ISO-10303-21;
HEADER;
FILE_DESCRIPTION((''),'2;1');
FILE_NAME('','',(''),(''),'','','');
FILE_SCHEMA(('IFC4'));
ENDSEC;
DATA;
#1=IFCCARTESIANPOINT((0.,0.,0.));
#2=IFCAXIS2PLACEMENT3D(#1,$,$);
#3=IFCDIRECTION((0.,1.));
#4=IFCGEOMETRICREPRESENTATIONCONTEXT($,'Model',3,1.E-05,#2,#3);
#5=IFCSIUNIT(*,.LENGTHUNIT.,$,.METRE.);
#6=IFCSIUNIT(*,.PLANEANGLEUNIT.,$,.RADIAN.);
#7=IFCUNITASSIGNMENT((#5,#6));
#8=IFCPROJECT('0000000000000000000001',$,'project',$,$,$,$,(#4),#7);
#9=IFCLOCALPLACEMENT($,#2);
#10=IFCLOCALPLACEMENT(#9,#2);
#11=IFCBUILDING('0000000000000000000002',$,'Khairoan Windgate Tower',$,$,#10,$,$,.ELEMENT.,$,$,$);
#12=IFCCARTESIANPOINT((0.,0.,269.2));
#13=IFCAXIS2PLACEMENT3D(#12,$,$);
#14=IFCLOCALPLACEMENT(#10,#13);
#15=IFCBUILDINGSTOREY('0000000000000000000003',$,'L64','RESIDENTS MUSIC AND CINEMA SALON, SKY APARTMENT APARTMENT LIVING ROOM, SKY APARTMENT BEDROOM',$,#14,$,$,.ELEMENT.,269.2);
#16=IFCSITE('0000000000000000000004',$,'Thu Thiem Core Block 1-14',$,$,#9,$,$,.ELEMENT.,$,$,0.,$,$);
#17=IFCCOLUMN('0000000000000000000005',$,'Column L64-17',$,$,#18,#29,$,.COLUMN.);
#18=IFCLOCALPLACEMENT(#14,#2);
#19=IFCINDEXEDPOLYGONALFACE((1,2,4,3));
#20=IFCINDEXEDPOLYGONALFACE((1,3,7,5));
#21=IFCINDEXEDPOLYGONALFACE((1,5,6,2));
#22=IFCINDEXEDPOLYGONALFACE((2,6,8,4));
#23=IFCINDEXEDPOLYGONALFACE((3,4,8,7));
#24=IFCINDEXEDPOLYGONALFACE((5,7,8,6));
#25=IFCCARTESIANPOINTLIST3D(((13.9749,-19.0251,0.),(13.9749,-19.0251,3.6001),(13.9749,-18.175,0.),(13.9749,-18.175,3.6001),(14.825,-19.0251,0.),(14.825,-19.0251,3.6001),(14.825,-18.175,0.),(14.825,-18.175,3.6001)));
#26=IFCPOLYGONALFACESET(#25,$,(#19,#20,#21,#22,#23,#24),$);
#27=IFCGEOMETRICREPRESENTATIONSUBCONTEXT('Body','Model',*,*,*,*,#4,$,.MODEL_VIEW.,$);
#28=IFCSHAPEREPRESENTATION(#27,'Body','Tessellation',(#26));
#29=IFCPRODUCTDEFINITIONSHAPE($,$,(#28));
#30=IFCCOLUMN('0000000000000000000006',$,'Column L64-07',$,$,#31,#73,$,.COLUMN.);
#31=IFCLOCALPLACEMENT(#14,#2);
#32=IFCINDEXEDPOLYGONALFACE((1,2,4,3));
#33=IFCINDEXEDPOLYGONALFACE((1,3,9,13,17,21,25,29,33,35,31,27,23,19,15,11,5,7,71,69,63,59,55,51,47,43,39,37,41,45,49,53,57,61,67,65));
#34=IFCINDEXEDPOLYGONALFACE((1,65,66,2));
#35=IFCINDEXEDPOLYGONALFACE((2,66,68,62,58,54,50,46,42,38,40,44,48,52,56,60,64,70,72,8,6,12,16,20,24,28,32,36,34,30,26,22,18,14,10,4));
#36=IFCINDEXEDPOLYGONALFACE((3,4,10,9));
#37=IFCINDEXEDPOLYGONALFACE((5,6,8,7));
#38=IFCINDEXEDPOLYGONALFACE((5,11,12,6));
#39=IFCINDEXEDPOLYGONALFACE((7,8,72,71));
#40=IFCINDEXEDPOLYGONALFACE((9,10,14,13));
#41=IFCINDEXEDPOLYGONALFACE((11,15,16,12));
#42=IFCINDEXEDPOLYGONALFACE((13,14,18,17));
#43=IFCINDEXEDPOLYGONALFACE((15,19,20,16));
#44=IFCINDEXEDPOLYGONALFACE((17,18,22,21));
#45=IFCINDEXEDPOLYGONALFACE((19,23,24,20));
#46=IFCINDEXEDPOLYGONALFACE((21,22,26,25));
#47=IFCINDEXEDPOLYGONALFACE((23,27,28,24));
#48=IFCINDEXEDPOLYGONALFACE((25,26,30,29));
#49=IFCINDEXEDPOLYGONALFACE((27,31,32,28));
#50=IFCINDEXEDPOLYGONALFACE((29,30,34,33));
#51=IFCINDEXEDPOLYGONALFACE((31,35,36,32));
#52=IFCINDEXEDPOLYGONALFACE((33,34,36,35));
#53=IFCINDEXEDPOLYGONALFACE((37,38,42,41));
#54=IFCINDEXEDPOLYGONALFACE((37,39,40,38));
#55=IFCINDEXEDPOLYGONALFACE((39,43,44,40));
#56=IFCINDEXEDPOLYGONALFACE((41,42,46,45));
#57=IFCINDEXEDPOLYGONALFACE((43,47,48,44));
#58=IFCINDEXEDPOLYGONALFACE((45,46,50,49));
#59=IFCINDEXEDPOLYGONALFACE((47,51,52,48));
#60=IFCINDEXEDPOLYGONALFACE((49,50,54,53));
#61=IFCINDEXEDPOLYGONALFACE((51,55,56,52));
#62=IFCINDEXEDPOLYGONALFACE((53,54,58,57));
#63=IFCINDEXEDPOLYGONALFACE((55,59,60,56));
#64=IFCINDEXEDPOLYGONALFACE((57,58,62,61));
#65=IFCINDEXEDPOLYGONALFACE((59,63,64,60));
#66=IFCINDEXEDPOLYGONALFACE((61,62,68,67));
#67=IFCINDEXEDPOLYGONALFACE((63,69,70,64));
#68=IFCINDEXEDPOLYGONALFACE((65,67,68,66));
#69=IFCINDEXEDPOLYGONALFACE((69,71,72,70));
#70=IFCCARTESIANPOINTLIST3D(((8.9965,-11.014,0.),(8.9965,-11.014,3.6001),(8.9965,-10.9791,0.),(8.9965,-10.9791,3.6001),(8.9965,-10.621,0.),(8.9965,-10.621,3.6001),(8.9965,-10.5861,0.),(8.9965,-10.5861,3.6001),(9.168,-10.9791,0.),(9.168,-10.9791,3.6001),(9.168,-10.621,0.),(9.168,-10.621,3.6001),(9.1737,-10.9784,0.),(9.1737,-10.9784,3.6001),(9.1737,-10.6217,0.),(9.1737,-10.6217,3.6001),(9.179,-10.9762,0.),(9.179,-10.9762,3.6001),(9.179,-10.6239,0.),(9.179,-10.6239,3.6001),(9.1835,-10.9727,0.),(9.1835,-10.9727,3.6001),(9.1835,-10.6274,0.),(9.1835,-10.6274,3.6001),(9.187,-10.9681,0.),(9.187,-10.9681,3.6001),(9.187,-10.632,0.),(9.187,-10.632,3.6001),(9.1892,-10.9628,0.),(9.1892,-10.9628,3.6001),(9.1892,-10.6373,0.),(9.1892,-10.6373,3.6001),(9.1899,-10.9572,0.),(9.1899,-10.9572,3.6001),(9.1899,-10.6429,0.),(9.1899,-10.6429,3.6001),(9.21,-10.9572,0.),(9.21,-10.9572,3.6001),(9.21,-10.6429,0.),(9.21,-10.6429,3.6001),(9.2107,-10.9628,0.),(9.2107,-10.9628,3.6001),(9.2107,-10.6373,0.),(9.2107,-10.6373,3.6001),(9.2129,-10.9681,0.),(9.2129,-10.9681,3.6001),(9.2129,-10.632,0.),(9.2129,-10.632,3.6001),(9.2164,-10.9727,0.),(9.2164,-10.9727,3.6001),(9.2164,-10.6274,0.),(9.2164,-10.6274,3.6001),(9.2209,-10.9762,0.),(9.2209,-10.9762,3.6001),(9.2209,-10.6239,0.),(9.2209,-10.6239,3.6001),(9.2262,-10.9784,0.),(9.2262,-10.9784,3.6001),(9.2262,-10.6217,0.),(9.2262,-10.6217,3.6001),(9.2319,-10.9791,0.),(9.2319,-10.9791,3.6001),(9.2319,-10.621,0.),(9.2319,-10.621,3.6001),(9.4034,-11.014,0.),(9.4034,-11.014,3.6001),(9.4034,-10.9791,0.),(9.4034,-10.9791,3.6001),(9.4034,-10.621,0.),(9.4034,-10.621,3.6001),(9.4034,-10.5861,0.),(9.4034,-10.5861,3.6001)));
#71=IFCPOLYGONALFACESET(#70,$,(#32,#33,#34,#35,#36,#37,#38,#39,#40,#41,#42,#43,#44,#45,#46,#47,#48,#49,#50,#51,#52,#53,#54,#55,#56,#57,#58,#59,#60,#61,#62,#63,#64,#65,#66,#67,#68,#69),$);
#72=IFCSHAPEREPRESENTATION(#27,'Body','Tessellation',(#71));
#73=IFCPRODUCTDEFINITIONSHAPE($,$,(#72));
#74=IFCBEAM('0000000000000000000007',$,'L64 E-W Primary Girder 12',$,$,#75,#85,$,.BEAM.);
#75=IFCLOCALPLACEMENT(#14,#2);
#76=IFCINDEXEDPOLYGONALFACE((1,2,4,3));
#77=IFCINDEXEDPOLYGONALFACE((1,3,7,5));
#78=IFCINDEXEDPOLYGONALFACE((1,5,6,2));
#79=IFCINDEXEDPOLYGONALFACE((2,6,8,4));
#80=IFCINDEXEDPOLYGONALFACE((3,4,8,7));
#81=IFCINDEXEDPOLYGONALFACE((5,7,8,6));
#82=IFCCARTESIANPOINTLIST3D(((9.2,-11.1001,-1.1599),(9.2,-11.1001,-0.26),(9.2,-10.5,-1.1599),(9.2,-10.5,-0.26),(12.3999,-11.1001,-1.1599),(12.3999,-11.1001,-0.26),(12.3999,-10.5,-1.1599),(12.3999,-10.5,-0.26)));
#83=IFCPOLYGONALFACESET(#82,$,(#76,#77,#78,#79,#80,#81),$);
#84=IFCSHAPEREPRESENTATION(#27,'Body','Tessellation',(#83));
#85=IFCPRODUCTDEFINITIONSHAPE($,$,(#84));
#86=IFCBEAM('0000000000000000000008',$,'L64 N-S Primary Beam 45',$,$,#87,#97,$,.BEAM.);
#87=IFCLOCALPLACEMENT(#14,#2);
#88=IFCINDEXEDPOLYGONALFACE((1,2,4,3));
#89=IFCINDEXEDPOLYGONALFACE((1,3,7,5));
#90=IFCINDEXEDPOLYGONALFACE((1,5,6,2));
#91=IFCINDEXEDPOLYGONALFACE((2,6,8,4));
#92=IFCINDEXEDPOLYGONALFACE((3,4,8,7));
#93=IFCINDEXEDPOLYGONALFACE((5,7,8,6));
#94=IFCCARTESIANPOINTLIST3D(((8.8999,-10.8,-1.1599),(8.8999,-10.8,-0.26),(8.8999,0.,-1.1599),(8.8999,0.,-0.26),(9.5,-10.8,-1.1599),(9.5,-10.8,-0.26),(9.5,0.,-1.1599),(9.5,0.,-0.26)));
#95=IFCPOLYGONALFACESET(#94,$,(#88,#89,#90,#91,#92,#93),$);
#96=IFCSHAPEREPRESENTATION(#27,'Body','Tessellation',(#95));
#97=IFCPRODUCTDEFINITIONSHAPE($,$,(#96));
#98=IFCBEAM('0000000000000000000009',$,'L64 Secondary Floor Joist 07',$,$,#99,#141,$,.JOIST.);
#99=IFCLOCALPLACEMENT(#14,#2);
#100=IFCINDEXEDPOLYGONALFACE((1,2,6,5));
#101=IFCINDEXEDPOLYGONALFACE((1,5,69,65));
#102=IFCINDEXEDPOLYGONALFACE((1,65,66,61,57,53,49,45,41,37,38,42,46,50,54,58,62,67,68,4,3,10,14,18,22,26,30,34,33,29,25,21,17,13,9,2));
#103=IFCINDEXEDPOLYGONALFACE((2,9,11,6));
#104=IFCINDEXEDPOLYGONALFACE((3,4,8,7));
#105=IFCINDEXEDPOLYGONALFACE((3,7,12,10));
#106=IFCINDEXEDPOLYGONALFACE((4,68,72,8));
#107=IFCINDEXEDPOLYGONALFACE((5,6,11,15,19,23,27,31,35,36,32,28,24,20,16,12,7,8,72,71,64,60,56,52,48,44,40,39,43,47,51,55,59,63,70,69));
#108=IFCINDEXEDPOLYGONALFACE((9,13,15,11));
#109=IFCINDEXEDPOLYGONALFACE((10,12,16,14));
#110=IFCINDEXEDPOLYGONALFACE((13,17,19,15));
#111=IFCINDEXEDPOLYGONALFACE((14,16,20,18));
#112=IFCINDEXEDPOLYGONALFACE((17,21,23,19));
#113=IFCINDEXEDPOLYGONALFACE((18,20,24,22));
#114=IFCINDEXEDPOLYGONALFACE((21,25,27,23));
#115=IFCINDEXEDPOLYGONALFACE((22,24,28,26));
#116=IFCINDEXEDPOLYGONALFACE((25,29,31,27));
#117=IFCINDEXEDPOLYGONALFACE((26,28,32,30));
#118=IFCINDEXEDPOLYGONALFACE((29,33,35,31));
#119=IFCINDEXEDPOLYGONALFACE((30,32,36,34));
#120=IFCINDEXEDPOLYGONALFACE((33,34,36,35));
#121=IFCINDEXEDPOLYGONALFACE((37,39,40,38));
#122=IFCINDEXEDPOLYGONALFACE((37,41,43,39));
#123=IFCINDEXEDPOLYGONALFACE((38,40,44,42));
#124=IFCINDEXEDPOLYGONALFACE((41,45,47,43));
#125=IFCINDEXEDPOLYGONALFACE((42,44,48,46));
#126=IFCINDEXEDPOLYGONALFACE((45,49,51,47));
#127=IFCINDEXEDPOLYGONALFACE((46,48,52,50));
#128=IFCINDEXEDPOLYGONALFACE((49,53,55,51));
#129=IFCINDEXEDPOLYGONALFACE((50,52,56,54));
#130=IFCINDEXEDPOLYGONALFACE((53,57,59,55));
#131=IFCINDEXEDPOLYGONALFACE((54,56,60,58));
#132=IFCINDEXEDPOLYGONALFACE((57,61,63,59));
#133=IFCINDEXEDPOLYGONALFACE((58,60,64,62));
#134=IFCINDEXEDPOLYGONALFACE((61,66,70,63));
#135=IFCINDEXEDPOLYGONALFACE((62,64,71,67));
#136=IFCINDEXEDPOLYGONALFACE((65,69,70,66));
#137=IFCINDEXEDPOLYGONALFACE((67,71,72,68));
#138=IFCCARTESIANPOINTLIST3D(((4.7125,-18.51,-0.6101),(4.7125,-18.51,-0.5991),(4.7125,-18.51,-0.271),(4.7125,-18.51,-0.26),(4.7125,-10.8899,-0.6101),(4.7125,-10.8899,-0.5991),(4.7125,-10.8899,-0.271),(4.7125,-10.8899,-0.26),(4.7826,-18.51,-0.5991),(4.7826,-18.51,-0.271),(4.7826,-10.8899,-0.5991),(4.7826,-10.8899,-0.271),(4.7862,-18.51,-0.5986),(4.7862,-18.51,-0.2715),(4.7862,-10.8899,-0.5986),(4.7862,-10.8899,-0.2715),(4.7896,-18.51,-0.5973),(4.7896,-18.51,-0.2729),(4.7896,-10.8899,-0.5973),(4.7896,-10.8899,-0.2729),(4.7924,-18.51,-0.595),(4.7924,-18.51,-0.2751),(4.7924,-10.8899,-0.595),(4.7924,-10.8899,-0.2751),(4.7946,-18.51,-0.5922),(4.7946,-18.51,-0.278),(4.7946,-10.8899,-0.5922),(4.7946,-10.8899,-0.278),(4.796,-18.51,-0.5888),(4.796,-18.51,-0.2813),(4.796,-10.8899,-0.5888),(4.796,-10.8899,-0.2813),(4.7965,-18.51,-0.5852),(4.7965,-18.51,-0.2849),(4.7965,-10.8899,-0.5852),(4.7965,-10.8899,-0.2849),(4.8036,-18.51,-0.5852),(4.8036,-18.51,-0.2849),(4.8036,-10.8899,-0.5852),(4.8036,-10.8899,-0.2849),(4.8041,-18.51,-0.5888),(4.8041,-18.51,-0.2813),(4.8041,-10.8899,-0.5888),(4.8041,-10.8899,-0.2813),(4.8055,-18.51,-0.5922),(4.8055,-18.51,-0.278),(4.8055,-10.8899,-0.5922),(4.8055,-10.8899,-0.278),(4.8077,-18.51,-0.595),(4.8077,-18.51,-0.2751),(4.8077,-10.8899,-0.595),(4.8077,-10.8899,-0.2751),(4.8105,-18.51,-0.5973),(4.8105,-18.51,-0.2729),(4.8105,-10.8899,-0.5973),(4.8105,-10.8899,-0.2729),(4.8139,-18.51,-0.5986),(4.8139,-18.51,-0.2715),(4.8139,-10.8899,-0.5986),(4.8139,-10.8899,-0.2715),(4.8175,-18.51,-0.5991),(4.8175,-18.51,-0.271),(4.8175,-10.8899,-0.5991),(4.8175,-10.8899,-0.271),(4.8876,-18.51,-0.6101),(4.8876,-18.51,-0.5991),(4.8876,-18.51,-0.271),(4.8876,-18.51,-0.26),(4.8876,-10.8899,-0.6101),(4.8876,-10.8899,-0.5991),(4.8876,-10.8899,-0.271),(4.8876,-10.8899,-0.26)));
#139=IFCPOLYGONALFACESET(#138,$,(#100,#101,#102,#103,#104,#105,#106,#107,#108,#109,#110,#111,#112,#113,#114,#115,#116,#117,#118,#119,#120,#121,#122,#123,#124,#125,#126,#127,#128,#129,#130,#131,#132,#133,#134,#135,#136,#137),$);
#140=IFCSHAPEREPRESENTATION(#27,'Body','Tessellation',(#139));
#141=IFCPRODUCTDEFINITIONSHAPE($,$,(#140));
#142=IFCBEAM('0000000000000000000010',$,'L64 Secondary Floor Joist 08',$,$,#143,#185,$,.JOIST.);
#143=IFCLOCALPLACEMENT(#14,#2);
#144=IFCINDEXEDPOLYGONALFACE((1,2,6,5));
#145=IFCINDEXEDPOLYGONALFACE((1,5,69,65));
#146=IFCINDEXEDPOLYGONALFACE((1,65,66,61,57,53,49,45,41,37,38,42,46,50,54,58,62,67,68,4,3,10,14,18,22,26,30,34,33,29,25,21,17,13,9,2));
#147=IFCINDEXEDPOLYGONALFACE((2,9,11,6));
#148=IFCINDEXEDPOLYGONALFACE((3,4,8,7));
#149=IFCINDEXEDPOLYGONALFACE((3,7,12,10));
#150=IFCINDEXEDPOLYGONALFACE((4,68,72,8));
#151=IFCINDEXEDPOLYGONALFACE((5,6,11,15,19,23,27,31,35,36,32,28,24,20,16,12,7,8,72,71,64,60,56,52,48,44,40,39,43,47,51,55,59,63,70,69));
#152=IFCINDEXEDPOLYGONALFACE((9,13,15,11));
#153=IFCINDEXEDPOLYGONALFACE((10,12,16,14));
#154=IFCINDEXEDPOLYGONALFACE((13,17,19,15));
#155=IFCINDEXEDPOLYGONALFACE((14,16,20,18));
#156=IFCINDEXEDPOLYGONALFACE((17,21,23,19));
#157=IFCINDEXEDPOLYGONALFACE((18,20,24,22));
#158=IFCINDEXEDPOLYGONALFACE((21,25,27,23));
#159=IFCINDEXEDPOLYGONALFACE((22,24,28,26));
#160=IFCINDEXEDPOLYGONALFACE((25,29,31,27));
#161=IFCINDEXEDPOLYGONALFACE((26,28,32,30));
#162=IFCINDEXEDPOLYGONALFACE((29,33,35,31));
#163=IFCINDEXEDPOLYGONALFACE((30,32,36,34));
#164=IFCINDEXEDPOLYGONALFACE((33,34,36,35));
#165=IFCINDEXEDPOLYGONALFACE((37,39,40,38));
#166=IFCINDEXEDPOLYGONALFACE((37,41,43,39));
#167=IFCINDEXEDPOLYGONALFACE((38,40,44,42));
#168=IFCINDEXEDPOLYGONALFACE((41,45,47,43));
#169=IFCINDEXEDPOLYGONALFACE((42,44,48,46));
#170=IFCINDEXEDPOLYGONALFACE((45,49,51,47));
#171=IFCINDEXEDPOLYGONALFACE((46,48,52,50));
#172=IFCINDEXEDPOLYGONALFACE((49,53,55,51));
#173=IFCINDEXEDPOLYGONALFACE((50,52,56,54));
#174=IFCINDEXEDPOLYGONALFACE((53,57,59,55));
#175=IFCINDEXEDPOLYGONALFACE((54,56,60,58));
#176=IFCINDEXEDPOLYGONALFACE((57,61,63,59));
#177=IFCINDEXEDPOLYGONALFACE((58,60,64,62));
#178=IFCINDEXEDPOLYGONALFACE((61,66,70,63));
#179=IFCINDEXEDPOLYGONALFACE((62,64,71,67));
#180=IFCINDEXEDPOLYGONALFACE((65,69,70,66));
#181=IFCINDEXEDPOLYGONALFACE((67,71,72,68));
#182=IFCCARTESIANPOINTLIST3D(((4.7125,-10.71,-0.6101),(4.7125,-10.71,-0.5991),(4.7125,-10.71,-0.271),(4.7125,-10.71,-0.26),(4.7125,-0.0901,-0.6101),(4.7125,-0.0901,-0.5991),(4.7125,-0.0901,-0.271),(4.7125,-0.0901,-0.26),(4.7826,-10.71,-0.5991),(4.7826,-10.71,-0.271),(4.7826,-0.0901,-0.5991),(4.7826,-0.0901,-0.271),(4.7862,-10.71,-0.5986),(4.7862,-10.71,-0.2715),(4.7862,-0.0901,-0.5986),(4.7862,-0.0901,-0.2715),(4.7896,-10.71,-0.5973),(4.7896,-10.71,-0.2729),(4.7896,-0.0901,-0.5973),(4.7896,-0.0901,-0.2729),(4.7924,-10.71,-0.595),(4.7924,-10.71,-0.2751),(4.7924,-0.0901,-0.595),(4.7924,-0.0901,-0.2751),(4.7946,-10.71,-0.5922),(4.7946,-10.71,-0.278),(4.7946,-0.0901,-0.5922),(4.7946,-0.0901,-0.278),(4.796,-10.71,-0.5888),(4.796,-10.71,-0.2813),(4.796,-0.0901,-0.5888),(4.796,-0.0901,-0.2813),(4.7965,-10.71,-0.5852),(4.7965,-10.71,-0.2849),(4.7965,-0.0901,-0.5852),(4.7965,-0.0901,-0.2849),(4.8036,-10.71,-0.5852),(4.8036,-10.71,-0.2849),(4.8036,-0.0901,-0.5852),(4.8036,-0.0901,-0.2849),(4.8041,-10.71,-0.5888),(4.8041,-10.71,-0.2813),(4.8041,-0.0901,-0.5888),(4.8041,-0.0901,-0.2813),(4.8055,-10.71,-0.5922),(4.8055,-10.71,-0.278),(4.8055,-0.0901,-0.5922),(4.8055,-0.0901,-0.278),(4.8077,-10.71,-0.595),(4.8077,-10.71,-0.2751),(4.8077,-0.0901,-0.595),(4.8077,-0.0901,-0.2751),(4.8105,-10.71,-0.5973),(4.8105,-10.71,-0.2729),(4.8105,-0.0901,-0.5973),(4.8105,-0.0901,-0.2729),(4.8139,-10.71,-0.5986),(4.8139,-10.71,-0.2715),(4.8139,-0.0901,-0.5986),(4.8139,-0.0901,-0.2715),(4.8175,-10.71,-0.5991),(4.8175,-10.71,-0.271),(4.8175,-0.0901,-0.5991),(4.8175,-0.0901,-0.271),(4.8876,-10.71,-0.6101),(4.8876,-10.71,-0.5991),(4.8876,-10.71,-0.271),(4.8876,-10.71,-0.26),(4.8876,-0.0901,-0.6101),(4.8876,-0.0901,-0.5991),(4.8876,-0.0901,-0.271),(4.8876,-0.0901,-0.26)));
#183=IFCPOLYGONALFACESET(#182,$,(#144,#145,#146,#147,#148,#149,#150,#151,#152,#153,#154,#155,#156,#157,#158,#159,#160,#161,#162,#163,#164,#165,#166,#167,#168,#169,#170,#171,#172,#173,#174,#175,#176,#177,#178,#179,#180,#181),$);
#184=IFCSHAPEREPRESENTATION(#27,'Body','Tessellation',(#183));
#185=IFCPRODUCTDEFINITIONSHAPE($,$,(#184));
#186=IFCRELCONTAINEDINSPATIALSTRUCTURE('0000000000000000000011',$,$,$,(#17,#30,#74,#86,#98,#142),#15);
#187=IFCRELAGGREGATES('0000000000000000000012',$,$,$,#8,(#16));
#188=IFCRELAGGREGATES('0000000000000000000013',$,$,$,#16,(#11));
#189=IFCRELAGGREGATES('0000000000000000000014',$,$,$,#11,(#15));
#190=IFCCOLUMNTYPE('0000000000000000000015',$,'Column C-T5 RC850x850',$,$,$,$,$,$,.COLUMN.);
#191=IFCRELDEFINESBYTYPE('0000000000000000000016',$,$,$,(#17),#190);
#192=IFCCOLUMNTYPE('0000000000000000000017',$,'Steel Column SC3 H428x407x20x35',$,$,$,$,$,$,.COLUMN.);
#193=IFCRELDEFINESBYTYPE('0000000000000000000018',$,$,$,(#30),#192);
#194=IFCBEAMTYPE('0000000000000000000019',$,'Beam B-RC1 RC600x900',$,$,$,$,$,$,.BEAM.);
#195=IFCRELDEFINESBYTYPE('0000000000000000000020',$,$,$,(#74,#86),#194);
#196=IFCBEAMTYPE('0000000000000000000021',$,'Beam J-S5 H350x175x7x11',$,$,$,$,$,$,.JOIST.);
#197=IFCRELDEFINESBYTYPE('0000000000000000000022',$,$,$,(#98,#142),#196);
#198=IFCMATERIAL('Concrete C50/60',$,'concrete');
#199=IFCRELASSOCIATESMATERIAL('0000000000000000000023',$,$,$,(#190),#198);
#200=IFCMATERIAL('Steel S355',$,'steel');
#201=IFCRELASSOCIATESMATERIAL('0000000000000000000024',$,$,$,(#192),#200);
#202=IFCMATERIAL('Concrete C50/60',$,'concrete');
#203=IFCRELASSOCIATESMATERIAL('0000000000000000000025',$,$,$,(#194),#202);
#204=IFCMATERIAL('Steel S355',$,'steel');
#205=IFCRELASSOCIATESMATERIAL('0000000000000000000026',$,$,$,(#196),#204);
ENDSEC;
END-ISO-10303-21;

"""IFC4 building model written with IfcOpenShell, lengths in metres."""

from ifc_helpers import new_model, si_unit, direction, frame, origin, origin_2d, place, context, subcontext, project, spatial, rectangle, i_section, extrude, material, material_profile, profile_set, type_object, element, save


model = new_model("IFC4")

# Units and contexts
model_context = context("Model", 3, precision=1e-05, world=origin(), true_north=direction((0.0, 1.0)))
body_context = subcontext(model_context, "Body", "Model", "MODEL_VIEW")
ifc_project = project(units=[si_unit("LENGTHUNIT", "METRE"), si_unit("PLANEANGLEUNIT", "RADIAN")], contexts=[model_context])

# Site, building, storey
site_placement = place(None, origin())
site = spatial("IfcSite", under=ifc_project, at=site_placement, Name="Thu Thiem Core Block 1-14", CompositionType="ELEMENT", RefElevation=0.0)
building_placement = place(site_placement, origin())
building = spatial("IfcBuilding", under=site, at=building_placement, Name="Khairoan Windgate Tower", CompositionType="ELEMENT")
storey_placement = place(building_placement, frame((0.0, 0.0, 269.2)))
storey = spatial("IfcBuildingStorey", under=building, at=storey_placement, Name="L64", Description="RESIDENTS MUSIC AND CINEMA SALON, SKY APARTMENT APARTMENT LIVING ROOM, SKY APARTMENT BEDROOM", CompositionType="ELEMENT", Elevation=269.2)

# Columns
ifc_material_1 = material(Name="Concrete C50/60", Category="concrete")
ifc_material_profile_1 = material_profile(ifc_material_1, rectangle(XDim=0.8501, YDim=0.8501, at=origin_2d()))
ifc_profile_set_1 = profile_set([ifc_material_profile_1], Name="Concrete C50/60")
column_type_1 = type_object("IfcColumnType", Name="Column C-T5 RC850x850", PredefinedType="COLUMN", material=ifc_profile_set_1)
column_1_placement = place(storey_placement, frame((14.3999, -18.6001, 0.0), z_axis=(0.0, 0.0, 1.0), x_axis=(1.0, 0.0, 0.0)))
element("IfcColumn", 1, at=column_1_placement, inside=storey, type_object=column_type_1, Name="Column L64-17", PredefinedType="COLUMN", context=body_context, shape_type="SweptSolid", body=[
    extrude(rectangle(XDim=0.8501, YDim=0.8501, at=origin_2d()), origin(), (0.0, 0.0, 1.0), 3.6001),
])
ifc_material_2 = material(Name="Steel S355", Category="steel")
ifc_material_profile_2 = material_profile(ifc_material_2, i_section(OverallWidth=0.407, OverallDepth=0.428, WebThickness=0.02, FlangeThickness=0.0349, FilletRadius=0.022, at=origin_2d()))
ifc_profile_set_2 = profile_set([ifc_material_profile_2], Name="Steel S355")
column_type_2 = type_object("IfcColumnType", Name="Steel Column SC3 H428x407x20x35", PredefinedType="COLUMN", material=ifc_profile_set_2)
column_2_placement = place(storey_placement, frame((9.2, -10.8, 0.0), z_axis=(0.0, 0.0, 1.0), x_axis=(1.0, 0.0, 0.0)))
element("IfcColumn", 2, at=column_2_placement, inside=storey, type_object=column_type_2, Name="Column L64-07", PredefinedType="COLUMN", context=body_context, shape_type="SweptSolid", body=[
    extrude(i_section(OverallWidth=0.407, OverallDepth=0.428, WebThickness=0.02, FlangeThickness=0.0349, FilletRadius=0.022, at=origin_2d()), origin(), (0.0, 0.0, 1.0), 3.6001),
])

# Beams
ifc_material_3 = material(Name="Concrete C50/60", Category="concrete")
ifc_material_profile_3 = material_profile(ifc_material_3, rectangle(XDim=0.6001, YDim=0.8999, at=origin_2d()))
ifc_profile_set_3 = profile_set([ifc_material_profile_3], Name="Concrete C50/60")
beam_type_1 = type_object("IfcBeamType", Name="Beam B-RC1 RC600x900", PredefinedType="BEAM", material=ifc_profile_set_3)
beam_1_placement = place(storey_placement, frame((9.2, -10.8, -0.71), z_axis=(1.0, 0.0, 0.0), x_axis=(0.0, 1.0, 0.0)))
element("IfcBeam", 3, at=beam_1_placement, inside=storey, type_object=beam_type_1, Name="L64 E-W Primary Girder 12", PredefinedType="BEAM", context=body_context, shape_type="SweptSolid", body=[
    extrude(rectangle(XDim=0.6001, YDim=0.8999, at=origin_2d()), origin(), (0.0, 0.0, 1.0), 3.2),
])
beam_2_placement = place(storey_placement, frame((9.2, -10.8, -0.71), z_axis=(0.0, 1.0, 0.0), x_axis=(-1.0, 0.0, 0.0)))
element("IfcBeam", 4, at=beam_2_placement, inside=storey, type_object=beam_type_1, Name="L64 N-S Primary Beam 45", PredefinedType="BEAM", context=body_context, shape_type="SweptSolid", body=[
    extrude(rectangle(XDim=0.6001, YDim=0.8999, at=origin_2d()), origin(), (0.0, 0.0, 1.0), 10.8),
])
ifc_material_4 = material(Name="Steel S355", Category="steel")
ifc_material_profile_4 = material_profile(ifc_material_4, i_section(OverallWidth=0.175, OverallDepth=0.3501, WebThickness=0.0071, FlangeThickness=0.011, FilletRadius=0.0139, at=origin_2d()))
ifc_profile_set_4 = profile_set([ifc_material_profile_4], Name="Steel S355")
beam_type_2 = type_object("IfcBeamType", Name="Beam J-S5 H350x175x7x11", PredefinedType="JOIST", material=ifc_profile_set_4)
beam_3_placement = place(storey_placement, frame((4.8, -18.51, -0.4351), z_axis=(0.0, 1.0, 0.0), x_axis=(-1.0, 0.0, 0.0)))
element("IfcBeam", 5, at=beam_3_placement, inside=storey, type_object=beam_type_2, Name="L64 Secondary Floor Joist 07", PredefinedType="JOIST", context=body_context, shape_type="SweptSolid", body=[
    extrude(i_section(OverallWidth=0.175, OverallDepth=0.3501, WebThickness=0.0071, FlangeThickness=0.011, FilletRadius=0.0139, at=origin_2d()), origin(), (0.0, 0.0, 1.0), 7.6201),
])
beam_4_placement = place(storey_placement, frame((4.8, -10.71, -0.4351), z_axis=(0.0, 1.0, 0.0), x_axis=(-1.0, 0.0, 0.0)))
element("IfcBeam", 6, at=beam_4_placement, inside=storey, type_object=beam_type_2, Name="L64 Secondary Floor Joist 08", PredefinedType="JOIST", context=body_context, shape_type="SweptSolid", body=[
    extrude(i_section(OverallWidth=0.175, OverallDepth=0.3501, WebThickness=0.0071, FlangeThickness=0.011, FilletRadius=0.0139, at=origin_2d()), origin(), (0.0, 0.0, 1.0), 10.6199),
])

save(model, "model.ifc")
